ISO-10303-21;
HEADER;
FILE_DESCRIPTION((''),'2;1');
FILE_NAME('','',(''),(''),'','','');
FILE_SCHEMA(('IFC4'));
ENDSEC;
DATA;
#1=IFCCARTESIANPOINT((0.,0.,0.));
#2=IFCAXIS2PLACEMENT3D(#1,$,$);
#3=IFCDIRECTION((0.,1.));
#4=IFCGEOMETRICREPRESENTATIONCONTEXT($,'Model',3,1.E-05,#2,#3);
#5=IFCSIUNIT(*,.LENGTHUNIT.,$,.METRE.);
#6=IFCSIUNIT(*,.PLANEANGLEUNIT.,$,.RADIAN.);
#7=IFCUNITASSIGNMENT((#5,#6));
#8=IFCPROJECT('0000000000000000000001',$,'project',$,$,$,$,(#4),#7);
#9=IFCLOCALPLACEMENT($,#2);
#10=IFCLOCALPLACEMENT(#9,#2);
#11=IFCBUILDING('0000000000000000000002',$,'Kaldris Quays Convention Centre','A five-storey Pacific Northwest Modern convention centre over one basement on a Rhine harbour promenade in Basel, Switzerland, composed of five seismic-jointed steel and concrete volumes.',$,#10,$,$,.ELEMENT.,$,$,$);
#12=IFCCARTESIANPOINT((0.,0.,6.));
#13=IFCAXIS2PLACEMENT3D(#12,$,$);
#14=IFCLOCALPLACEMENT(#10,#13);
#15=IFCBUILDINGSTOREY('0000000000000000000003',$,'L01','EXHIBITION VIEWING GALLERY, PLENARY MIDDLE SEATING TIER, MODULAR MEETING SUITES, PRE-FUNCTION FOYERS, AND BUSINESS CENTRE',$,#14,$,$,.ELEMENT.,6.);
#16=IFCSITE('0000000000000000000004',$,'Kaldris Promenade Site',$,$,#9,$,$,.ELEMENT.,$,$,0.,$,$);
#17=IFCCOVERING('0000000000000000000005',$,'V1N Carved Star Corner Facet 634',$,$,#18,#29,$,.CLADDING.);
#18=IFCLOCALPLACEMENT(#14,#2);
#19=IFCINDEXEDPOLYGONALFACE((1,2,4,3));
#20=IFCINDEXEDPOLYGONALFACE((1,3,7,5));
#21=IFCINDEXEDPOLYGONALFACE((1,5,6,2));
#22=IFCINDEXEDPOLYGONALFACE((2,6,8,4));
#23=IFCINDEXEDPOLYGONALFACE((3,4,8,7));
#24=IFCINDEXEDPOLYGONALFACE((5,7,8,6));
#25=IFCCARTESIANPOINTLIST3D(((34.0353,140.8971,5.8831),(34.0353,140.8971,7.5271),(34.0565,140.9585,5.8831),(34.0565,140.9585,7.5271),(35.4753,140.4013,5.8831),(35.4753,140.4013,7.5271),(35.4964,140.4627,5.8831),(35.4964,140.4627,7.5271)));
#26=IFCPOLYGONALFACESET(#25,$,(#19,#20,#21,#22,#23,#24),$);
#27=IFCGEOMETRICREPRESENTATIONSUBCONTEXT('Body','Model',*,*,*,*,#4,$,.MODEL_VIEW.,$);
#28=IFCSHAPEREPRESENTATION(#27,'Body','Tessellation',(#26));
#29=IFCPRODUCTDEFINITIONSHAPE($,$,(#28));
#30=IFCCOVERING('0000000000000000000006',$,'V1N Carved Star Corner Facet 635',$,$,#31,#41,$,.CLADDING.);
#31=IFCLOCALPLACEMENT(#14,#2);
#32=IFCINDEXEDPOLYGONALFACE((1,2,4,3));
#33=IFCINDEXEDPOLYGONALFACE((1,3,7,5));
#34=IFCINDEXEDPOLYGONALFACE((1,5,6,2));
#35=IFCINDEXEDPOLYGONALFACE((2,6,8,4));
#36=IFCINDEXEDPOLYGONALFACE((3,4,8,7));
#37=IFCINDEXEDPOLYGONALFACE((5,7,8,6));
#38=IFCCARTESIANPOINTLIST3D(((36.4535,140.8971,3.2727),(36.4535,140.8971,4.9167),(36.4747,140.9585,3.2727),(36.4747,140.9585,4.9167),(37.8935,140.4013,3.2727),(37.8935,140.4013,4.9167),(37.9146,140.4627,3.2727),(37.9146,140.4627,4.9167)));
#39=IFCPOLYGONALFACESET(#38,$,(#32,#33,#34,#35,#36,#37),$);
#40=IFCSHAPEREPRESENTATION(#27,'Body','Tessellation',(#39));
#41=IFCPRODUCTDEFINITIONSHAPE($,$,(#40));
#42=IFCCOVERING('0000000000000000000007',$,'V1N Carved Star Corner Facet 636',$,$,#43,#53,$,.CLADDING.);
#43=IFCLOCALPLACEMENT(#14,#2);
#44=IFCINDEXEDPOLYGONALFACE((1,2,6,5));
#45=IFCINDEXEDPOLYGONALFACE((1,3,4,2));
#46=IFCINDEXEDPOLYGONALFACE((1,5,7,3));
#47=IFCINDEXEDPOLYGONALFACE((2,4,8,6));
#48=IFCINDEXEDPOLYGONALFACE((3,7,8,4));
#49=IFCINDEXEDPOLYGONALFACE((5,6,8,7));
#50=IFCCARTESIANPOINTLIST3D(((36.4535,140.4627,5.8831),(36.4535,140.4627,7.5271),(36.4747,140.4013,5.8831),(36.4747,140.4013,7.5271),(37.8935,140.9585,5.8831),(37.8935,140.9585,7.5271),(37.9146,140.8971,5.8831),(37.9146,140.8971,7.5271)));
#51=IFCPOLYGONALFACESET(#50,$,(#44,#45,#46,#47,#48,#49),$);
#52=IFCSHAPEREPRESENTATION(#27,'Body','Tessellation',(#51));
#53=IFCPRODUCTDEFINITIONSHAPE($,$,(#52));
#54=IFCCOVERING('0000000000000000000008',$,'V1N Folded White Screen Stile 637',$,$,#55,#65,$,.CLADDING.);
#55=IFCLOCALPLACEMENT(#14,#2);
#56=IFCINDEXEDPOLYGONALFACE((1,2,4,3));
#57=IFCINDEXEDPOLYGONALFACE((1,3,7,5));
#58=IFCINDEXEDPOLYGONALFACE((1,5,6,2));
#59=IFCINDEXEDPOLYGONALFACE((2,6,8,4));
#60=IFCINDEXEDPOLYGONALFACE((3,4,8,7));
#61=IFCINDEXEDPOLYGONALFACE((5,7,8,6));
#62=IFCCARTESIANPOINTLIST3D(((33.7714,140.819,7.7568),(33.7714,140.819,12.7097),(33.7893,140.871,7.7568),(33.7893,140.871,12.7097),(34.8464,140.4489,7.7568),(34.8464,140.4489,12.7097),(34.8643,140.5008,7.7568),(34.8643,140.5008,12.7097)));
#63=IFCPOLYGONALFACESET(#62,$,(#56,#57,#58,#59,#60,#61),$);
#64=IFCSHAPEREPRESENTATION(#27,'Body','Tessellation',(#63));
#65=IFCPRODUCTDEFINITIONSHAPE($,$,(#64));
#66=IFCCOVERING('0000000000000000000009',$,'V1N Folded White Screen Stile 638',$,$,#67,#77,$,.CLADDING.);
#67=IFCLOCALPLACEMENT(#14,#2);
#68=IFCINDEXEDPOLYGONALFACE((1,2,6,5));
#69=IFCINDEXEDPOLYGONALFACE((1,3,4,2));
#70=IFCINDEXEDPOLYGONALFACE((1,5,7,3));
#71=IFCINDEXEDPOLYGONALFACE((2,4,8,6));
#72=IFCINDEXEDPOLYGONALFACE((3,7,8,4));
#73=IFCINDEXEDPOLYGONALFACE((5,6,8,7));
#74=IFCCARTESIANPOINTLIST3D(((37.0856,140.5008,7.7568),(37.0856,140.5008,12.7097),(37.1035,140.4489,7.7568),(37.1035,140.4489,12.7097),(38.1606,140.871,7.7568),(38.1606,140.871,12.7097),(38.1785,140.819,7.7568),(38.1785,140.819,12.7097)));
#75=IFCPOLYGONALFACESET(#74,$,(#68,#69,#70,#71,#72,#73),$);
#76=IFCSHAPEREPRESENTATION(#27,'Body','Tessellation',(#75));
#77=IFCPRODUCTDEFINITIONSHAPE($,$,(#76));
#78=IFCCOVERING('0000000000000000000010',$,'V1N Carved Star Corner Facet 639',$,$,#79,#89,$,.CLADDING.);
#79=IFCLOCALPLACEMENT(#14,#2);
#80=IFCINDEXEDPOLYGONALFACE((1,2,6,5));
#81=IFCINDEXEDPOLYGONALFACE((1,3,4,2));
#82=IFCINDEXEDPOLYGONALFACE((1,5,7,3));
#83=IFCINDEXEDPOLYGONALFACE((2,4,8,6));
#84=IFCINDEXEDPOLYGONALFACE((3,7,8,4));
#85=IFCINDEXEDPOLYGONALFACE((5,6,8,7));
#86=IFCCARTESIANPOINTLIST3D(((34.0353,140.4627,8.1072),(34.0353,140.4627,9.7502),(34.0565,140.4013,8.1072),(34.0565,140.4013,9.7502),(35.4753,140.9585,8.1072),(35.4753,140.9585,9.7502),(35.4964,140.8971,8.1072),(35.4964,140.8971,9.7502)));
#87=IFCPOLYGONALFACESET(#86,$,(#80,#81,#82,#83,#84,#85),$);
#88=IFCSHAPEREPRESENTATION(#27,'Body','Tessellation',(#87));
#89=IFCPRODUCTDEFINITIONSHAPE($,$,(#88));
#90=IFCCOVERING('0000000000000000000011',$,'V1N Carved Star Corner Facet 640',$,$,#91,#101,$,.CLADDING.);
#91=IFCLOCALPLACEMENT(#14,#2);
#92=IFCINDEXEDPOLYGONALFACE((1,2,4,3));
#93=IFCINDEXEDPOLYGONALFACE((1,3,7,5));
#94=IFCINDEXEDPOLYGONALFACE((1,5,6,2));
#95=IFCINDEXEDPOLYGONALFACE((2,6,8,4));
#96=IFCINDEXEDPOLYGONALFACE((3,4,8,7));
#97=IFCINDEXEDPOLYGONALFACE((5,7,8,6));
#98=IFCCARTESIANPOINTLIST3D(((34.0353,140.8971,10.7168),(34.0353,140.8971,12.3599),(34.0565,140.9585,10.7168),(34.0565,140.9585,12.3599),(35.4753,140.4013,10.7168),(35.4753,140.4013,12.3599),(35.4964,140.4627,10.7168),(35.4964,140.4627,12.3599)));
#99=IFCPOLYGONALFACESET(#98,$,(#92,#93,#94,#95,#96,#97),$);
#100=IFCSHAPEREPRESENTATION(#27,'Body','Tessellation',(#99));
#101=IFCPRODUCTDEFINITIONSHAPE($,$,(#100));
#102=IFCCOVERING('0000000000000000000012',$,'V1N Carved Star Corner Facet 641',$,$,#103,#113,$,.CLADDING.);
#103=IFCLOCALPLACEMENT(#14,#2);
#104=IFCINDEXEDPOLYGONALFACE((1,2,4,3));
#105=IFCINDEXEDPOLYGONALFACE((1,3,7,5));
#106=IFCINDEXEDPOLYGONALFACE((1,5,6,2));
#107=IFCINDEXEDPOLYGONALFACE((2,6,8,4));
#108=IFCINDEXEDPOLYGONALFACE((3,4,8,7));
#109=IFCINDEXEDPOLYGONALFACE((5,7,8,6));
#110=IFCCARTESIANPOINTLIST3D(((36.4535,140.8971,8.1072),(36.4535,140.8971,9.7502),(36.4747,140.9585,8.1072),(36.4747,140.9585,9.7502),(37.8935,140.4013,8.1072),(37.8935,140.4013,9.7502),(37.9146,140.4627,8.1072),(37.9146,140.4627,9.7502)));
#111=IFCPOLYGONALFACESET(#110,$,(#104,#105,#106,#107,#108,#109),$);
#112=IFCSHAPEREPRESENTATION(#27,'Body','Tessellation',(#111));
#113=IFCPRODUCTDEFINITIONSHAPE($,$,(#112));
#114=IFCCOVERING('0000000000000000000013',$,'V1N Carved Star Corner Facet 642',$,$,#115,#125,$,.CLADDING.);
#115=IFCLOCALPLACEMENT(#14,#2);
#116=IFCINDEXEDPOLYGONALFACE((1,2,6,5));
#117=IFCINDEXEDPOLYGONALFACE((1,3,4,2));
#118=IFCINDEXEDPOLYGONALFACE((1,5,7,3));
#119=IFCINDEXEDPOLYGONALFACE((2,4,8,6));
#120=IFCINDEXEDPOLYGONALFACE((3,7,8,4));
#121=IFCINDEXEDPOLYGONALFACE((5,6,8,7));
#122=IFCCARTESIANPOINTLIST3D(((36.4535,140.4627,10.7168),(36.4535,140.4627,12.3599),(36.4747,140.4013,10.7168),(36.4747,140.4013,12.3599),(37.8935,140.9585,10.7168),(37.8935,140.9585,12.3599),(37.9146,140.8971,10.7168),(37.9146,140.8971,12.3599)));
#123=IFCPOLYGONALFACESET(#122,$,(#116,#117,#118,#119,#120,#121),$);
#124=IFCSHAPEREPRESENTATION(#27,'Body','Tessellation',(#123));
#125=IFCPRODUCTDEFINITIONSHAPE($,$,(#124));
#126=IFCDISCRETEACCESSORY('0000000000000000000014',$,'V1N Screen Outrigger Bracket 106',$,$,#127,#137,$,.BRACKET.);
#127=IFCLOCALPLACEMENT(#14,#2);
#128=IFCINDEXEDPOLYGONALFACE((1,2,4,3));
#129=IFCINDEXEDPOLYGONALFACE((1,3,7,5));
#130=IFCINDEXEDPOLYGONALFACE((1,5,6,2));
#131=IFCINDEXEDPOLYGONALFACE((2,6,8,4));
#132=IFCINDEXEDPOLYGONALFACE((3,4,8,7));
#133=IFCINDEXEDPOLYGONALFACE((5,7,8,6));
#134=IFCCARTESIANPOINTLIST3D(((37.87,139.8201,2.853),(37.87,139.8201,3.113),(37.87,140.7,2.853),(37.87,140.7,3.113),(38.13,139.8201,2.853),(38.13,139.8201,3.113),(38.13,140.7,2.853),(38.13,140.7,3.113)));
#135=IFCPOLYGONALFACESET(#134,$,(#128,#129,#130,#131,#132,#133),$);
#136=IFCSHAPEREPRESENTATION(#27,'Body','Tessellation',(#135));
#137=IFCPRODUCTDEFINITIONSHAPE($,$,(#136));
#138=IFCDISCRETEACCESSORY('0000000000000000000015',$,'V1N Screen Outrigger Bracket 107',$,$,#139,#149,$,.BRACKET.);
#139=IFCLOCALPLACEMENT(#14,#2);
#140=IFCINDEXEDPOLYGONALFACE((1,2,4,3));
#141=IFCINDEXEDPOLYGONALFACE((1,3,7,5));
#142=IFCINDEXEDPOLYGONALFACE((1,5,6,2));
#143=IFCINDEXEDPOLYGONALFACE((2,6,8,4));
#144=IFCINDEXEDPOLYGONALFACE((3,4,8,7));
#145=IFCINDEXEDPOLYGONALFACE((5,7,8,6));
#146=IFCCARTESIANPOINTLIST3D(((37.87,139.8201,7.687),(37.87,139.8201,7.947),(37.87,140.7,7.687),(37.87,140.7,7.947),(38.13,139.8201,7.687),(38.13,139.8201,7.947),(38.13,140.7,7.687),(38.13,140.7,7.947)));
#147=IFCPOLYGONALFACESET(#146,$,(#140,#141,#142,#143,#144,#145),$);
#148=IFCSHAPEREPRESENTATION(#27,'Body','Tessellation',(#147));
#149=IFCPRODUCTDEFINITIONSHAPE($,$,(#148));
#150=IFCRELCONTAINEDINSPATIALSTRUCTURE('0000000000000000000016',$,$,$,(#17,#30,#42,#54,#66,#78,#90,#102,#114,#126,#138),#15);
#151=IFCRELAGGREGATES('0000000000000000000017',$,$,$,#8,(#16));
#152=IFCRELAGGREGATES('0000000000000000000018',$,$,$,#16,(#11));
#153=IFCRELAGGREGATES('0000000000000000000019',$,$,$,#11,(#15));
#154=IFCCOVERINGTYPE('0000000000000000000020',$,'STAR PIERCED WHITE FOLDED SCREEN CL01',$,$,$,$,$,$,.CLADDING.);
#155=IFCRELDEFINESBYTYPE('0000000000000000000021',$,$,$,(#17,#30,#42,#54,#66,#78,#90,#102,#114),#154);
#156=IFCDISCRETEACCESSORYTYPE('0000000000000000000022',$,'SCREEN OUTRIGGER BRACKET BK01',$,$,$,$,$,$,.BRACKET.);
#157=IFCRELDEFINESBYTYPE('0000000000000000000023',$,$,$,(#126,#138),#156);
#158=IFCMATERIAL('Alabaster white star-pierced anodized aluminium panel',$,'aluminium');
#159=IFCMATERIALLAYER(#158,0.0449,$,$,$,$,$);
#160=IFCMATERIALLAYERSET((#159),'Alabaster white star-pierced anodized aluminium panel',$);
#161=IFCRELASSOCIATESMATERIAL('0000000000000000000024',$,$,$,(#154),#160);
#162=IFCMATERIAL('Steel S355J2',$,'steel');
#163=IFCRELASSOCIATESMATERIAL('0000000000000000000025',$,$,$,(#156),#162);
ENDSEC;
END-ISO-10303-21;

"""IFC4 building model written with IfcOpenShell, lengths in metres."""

from ifc_helpers import new_model, si_unit, direction, frame, origin, origin_2d, place, context, subcontext, project, spatial, rectangle, extrude, material, layer, layer_set, type_object, element, save


model = new_model("IFC4")

# Units and contexts
model_context = context("Model", 3, precision=1e-05, world=origin(), true_north=direction((0.0, 1.0)))
body_context = subcontext(model_context, "Body", "Model", "MODEL_VIEW")
ifc_project = project(units=[si_unit("LENGTHUNIT", "METRE"), si_unit("PLANEANGLEUNIT", "RADIAN")], contexts=[model_context])

# Site, building, storey
site_placement = place(None, origin())
site = spatial("IfcSite", under=ifc_project, at=site_placement, Name="Kaldris Promenade Site", CompositionType="ELEMENT", RefElevation=0.0)
building_placement = place(site_placement, origin())
building = spatial("IfcBuilding", under=site, at=building_placement, Name="Kaldris Quays Convention Centre", Description="A five-storey Pacific Northwest Modern convention centre over one basement on a Rhine harbour promenade in Basel, Switzerland, composed of five seismic-jointed steel and concrete volumes.", CompositionType="ELEMENT")
storey_placement = place(building_placement, frame((0.0, 0.0, 6.0)))
storey = spatial("IfcBuildingStorey", under=building, at=storey_placement, Name="L01", Description="EXHIBITION VIEWING GALLERY, PLENARY MIDDLE SEATING TIER, MODULAR MEETING SUITES, PRE-FUNCTION FOYERS, AND BUSINESS CENTRE", CompositionType="ELEMENT", Elevation=6.0)

# Coverings
ifc_material_1 = material(Name="Alabaster white star-pierced anodized aluminium panel", Category="aluminium")
ifc_layer = layer(ifc_material_1, 0.0449)
ifc_layer_set = layer_set([ifc_layer], Name="Alabaster white star-pierced anodized aluminium panel")
covering_type = type_object("IfcCoveringType", Name="STAR PIERCED WHITE FOLDED SCREEN CL01", PredefinedType="CLADDING", material=ifc_layer_set)
for number, where, z_axis, x_axis, name in (
    (1, (34.7659, 140.6799, 5.8831), (0.0, 0.0, 1.0), (0.945519, -0.325568, 0.0), "V1N Carved Star Corner Facet 634"),
    (2, (37.1841, 140.6799, 3.2727), (0.0, 0.0, 1.0), (0.945519, -0.325568, 0.0), "V1N Carved Star Corner Facet 635"),
    (3, (37.1841, 140.6799, 5.8831), (0.0, 0.0, 1.0), (0.945519, 0.325568, 0.0), "V1N Carved Star Corner Facet 636"),
):
    element("IfcCovering", number, at=place(storey_placement, frame(where, z_axis=z_axis, x_axis=x_axis)), inside=storey, type_object=covering_type, Name=name, PredefinedType="CLADDING", context=body_context, shape_type="SweptSolid", body=[
        extrude(rectangle(XDim=1.5229, YDim=0.0649, at=origin_2d()), origin(), (0.0, 0.0, 1.0), 1.644),
    ])
for number, where, z_axis, x_axis, name in (
    (4, (34.3179, 140.6599, 7.7568), (0.0, 0.0, 1.0), (0.945519, -0.325568, 0.0), "V1N Folded White Screen Stile 637"),
    (5, (37.6321, 140.6599, 7.7568), (0.0, 0.0, 1.0), (0.945519, 0.325568, 0.0), "V1N Folded White Screen Stile 638"),
):
    element("IfcCovering", number, at=place(storey_placement, frame(where, z_axis=z_axis, x_axis=x_axis)), inside=storey, type_object=covering_type, Name=name, PredefinedType="CLADDING", context=body_context, shape_type="SweptSolid", body=[
        extrude(rectangle(XDim=1.137, YDim=0.0549, at=origin_2d()), origin(), (0.0, 0.0, 1.0), 4.9529),
    ])
for number, where, z_axis, x_axis, name in (
    (6, (34.7659, 140.6799, 8.1072), (0.0, 0.0, 1.0), (0.945519, 0.325568, 0.0), "V1N Carved Star Corner Facet 639"),
    (7, (34.7659, 140.6799, 10.7168), (0.0, 0.0, 1.0), (0.945519, -0.325568, 0.0), "V1N Carved Star Corner Facet 640"),
    (8, (37.1841, 140.6799, 8.1072), (0.0, 0.0, 1.0), (0.945519, -0.325568, 0.0), "V1N Carved Star Corner Facet 641"),
    (9, (37.1841, 140.6799, 10.7168), (0.0, 0.0, 1.0), (0.945519, 0.325568, 0.0), "V1N Carved Star Corner Facet 642"),
):
    element("IfcCovering", number, at=place(storey_placement, frame(where, z_axis=z_axis, x_axis=x_axis)), inside=storey, type_object=covering_type, Name=name, PredefinedType="CLADDING", context=body_context, shape_type="SweptSolid", body=[
        extrude(rectangle(XDim=1.5229, YDim=0.0649, at=origin_2d()), origin(), (0.0, 0.0, 1.0), 1.6431),
    ])

# Discrete accessories
ifc_material_2 = material(Name="Steel S355J2", Category="steel")
discrete_accessory_type = type_object("IfcDiscreteAccessoryType", Name="SCREEN OUTRIGGER BRACKET BK01", PredefinedType="BRACKET", material=ifc_material_2)
for number, where, z_axis, x_axis, name in (
    (10, (38.0, 140.26, 2.853), (0.0, 0.0, 1.0), (1.0, 0.0, 0.0), "V1N Screen Outrigger Bracket 106"),
    (11, (38.0, 140.26, 7.687), (0.0, 0.0, 1.0), (1.0, 0.0, 0.0), "V1N Screen Outrigger Bracket 107"),
):
    element("IfcDiscreteAccessory", number, at=place(storey_placement, frame(where, z_axis=z_axis, x_axis=x_axis)), inside=storey, type_object=discrete_accessory_type, Name=name, PredefinedType="BRACKET", context=body_context, shape_type="SweptSolid", body=[
        extrude(rectangle(XDim=0.26, YDim=0.8799, at=origin_2d()), origin(), (0.0, 0.0, 1.0), 0.26),
    ])

save(model, "model.ifc")
